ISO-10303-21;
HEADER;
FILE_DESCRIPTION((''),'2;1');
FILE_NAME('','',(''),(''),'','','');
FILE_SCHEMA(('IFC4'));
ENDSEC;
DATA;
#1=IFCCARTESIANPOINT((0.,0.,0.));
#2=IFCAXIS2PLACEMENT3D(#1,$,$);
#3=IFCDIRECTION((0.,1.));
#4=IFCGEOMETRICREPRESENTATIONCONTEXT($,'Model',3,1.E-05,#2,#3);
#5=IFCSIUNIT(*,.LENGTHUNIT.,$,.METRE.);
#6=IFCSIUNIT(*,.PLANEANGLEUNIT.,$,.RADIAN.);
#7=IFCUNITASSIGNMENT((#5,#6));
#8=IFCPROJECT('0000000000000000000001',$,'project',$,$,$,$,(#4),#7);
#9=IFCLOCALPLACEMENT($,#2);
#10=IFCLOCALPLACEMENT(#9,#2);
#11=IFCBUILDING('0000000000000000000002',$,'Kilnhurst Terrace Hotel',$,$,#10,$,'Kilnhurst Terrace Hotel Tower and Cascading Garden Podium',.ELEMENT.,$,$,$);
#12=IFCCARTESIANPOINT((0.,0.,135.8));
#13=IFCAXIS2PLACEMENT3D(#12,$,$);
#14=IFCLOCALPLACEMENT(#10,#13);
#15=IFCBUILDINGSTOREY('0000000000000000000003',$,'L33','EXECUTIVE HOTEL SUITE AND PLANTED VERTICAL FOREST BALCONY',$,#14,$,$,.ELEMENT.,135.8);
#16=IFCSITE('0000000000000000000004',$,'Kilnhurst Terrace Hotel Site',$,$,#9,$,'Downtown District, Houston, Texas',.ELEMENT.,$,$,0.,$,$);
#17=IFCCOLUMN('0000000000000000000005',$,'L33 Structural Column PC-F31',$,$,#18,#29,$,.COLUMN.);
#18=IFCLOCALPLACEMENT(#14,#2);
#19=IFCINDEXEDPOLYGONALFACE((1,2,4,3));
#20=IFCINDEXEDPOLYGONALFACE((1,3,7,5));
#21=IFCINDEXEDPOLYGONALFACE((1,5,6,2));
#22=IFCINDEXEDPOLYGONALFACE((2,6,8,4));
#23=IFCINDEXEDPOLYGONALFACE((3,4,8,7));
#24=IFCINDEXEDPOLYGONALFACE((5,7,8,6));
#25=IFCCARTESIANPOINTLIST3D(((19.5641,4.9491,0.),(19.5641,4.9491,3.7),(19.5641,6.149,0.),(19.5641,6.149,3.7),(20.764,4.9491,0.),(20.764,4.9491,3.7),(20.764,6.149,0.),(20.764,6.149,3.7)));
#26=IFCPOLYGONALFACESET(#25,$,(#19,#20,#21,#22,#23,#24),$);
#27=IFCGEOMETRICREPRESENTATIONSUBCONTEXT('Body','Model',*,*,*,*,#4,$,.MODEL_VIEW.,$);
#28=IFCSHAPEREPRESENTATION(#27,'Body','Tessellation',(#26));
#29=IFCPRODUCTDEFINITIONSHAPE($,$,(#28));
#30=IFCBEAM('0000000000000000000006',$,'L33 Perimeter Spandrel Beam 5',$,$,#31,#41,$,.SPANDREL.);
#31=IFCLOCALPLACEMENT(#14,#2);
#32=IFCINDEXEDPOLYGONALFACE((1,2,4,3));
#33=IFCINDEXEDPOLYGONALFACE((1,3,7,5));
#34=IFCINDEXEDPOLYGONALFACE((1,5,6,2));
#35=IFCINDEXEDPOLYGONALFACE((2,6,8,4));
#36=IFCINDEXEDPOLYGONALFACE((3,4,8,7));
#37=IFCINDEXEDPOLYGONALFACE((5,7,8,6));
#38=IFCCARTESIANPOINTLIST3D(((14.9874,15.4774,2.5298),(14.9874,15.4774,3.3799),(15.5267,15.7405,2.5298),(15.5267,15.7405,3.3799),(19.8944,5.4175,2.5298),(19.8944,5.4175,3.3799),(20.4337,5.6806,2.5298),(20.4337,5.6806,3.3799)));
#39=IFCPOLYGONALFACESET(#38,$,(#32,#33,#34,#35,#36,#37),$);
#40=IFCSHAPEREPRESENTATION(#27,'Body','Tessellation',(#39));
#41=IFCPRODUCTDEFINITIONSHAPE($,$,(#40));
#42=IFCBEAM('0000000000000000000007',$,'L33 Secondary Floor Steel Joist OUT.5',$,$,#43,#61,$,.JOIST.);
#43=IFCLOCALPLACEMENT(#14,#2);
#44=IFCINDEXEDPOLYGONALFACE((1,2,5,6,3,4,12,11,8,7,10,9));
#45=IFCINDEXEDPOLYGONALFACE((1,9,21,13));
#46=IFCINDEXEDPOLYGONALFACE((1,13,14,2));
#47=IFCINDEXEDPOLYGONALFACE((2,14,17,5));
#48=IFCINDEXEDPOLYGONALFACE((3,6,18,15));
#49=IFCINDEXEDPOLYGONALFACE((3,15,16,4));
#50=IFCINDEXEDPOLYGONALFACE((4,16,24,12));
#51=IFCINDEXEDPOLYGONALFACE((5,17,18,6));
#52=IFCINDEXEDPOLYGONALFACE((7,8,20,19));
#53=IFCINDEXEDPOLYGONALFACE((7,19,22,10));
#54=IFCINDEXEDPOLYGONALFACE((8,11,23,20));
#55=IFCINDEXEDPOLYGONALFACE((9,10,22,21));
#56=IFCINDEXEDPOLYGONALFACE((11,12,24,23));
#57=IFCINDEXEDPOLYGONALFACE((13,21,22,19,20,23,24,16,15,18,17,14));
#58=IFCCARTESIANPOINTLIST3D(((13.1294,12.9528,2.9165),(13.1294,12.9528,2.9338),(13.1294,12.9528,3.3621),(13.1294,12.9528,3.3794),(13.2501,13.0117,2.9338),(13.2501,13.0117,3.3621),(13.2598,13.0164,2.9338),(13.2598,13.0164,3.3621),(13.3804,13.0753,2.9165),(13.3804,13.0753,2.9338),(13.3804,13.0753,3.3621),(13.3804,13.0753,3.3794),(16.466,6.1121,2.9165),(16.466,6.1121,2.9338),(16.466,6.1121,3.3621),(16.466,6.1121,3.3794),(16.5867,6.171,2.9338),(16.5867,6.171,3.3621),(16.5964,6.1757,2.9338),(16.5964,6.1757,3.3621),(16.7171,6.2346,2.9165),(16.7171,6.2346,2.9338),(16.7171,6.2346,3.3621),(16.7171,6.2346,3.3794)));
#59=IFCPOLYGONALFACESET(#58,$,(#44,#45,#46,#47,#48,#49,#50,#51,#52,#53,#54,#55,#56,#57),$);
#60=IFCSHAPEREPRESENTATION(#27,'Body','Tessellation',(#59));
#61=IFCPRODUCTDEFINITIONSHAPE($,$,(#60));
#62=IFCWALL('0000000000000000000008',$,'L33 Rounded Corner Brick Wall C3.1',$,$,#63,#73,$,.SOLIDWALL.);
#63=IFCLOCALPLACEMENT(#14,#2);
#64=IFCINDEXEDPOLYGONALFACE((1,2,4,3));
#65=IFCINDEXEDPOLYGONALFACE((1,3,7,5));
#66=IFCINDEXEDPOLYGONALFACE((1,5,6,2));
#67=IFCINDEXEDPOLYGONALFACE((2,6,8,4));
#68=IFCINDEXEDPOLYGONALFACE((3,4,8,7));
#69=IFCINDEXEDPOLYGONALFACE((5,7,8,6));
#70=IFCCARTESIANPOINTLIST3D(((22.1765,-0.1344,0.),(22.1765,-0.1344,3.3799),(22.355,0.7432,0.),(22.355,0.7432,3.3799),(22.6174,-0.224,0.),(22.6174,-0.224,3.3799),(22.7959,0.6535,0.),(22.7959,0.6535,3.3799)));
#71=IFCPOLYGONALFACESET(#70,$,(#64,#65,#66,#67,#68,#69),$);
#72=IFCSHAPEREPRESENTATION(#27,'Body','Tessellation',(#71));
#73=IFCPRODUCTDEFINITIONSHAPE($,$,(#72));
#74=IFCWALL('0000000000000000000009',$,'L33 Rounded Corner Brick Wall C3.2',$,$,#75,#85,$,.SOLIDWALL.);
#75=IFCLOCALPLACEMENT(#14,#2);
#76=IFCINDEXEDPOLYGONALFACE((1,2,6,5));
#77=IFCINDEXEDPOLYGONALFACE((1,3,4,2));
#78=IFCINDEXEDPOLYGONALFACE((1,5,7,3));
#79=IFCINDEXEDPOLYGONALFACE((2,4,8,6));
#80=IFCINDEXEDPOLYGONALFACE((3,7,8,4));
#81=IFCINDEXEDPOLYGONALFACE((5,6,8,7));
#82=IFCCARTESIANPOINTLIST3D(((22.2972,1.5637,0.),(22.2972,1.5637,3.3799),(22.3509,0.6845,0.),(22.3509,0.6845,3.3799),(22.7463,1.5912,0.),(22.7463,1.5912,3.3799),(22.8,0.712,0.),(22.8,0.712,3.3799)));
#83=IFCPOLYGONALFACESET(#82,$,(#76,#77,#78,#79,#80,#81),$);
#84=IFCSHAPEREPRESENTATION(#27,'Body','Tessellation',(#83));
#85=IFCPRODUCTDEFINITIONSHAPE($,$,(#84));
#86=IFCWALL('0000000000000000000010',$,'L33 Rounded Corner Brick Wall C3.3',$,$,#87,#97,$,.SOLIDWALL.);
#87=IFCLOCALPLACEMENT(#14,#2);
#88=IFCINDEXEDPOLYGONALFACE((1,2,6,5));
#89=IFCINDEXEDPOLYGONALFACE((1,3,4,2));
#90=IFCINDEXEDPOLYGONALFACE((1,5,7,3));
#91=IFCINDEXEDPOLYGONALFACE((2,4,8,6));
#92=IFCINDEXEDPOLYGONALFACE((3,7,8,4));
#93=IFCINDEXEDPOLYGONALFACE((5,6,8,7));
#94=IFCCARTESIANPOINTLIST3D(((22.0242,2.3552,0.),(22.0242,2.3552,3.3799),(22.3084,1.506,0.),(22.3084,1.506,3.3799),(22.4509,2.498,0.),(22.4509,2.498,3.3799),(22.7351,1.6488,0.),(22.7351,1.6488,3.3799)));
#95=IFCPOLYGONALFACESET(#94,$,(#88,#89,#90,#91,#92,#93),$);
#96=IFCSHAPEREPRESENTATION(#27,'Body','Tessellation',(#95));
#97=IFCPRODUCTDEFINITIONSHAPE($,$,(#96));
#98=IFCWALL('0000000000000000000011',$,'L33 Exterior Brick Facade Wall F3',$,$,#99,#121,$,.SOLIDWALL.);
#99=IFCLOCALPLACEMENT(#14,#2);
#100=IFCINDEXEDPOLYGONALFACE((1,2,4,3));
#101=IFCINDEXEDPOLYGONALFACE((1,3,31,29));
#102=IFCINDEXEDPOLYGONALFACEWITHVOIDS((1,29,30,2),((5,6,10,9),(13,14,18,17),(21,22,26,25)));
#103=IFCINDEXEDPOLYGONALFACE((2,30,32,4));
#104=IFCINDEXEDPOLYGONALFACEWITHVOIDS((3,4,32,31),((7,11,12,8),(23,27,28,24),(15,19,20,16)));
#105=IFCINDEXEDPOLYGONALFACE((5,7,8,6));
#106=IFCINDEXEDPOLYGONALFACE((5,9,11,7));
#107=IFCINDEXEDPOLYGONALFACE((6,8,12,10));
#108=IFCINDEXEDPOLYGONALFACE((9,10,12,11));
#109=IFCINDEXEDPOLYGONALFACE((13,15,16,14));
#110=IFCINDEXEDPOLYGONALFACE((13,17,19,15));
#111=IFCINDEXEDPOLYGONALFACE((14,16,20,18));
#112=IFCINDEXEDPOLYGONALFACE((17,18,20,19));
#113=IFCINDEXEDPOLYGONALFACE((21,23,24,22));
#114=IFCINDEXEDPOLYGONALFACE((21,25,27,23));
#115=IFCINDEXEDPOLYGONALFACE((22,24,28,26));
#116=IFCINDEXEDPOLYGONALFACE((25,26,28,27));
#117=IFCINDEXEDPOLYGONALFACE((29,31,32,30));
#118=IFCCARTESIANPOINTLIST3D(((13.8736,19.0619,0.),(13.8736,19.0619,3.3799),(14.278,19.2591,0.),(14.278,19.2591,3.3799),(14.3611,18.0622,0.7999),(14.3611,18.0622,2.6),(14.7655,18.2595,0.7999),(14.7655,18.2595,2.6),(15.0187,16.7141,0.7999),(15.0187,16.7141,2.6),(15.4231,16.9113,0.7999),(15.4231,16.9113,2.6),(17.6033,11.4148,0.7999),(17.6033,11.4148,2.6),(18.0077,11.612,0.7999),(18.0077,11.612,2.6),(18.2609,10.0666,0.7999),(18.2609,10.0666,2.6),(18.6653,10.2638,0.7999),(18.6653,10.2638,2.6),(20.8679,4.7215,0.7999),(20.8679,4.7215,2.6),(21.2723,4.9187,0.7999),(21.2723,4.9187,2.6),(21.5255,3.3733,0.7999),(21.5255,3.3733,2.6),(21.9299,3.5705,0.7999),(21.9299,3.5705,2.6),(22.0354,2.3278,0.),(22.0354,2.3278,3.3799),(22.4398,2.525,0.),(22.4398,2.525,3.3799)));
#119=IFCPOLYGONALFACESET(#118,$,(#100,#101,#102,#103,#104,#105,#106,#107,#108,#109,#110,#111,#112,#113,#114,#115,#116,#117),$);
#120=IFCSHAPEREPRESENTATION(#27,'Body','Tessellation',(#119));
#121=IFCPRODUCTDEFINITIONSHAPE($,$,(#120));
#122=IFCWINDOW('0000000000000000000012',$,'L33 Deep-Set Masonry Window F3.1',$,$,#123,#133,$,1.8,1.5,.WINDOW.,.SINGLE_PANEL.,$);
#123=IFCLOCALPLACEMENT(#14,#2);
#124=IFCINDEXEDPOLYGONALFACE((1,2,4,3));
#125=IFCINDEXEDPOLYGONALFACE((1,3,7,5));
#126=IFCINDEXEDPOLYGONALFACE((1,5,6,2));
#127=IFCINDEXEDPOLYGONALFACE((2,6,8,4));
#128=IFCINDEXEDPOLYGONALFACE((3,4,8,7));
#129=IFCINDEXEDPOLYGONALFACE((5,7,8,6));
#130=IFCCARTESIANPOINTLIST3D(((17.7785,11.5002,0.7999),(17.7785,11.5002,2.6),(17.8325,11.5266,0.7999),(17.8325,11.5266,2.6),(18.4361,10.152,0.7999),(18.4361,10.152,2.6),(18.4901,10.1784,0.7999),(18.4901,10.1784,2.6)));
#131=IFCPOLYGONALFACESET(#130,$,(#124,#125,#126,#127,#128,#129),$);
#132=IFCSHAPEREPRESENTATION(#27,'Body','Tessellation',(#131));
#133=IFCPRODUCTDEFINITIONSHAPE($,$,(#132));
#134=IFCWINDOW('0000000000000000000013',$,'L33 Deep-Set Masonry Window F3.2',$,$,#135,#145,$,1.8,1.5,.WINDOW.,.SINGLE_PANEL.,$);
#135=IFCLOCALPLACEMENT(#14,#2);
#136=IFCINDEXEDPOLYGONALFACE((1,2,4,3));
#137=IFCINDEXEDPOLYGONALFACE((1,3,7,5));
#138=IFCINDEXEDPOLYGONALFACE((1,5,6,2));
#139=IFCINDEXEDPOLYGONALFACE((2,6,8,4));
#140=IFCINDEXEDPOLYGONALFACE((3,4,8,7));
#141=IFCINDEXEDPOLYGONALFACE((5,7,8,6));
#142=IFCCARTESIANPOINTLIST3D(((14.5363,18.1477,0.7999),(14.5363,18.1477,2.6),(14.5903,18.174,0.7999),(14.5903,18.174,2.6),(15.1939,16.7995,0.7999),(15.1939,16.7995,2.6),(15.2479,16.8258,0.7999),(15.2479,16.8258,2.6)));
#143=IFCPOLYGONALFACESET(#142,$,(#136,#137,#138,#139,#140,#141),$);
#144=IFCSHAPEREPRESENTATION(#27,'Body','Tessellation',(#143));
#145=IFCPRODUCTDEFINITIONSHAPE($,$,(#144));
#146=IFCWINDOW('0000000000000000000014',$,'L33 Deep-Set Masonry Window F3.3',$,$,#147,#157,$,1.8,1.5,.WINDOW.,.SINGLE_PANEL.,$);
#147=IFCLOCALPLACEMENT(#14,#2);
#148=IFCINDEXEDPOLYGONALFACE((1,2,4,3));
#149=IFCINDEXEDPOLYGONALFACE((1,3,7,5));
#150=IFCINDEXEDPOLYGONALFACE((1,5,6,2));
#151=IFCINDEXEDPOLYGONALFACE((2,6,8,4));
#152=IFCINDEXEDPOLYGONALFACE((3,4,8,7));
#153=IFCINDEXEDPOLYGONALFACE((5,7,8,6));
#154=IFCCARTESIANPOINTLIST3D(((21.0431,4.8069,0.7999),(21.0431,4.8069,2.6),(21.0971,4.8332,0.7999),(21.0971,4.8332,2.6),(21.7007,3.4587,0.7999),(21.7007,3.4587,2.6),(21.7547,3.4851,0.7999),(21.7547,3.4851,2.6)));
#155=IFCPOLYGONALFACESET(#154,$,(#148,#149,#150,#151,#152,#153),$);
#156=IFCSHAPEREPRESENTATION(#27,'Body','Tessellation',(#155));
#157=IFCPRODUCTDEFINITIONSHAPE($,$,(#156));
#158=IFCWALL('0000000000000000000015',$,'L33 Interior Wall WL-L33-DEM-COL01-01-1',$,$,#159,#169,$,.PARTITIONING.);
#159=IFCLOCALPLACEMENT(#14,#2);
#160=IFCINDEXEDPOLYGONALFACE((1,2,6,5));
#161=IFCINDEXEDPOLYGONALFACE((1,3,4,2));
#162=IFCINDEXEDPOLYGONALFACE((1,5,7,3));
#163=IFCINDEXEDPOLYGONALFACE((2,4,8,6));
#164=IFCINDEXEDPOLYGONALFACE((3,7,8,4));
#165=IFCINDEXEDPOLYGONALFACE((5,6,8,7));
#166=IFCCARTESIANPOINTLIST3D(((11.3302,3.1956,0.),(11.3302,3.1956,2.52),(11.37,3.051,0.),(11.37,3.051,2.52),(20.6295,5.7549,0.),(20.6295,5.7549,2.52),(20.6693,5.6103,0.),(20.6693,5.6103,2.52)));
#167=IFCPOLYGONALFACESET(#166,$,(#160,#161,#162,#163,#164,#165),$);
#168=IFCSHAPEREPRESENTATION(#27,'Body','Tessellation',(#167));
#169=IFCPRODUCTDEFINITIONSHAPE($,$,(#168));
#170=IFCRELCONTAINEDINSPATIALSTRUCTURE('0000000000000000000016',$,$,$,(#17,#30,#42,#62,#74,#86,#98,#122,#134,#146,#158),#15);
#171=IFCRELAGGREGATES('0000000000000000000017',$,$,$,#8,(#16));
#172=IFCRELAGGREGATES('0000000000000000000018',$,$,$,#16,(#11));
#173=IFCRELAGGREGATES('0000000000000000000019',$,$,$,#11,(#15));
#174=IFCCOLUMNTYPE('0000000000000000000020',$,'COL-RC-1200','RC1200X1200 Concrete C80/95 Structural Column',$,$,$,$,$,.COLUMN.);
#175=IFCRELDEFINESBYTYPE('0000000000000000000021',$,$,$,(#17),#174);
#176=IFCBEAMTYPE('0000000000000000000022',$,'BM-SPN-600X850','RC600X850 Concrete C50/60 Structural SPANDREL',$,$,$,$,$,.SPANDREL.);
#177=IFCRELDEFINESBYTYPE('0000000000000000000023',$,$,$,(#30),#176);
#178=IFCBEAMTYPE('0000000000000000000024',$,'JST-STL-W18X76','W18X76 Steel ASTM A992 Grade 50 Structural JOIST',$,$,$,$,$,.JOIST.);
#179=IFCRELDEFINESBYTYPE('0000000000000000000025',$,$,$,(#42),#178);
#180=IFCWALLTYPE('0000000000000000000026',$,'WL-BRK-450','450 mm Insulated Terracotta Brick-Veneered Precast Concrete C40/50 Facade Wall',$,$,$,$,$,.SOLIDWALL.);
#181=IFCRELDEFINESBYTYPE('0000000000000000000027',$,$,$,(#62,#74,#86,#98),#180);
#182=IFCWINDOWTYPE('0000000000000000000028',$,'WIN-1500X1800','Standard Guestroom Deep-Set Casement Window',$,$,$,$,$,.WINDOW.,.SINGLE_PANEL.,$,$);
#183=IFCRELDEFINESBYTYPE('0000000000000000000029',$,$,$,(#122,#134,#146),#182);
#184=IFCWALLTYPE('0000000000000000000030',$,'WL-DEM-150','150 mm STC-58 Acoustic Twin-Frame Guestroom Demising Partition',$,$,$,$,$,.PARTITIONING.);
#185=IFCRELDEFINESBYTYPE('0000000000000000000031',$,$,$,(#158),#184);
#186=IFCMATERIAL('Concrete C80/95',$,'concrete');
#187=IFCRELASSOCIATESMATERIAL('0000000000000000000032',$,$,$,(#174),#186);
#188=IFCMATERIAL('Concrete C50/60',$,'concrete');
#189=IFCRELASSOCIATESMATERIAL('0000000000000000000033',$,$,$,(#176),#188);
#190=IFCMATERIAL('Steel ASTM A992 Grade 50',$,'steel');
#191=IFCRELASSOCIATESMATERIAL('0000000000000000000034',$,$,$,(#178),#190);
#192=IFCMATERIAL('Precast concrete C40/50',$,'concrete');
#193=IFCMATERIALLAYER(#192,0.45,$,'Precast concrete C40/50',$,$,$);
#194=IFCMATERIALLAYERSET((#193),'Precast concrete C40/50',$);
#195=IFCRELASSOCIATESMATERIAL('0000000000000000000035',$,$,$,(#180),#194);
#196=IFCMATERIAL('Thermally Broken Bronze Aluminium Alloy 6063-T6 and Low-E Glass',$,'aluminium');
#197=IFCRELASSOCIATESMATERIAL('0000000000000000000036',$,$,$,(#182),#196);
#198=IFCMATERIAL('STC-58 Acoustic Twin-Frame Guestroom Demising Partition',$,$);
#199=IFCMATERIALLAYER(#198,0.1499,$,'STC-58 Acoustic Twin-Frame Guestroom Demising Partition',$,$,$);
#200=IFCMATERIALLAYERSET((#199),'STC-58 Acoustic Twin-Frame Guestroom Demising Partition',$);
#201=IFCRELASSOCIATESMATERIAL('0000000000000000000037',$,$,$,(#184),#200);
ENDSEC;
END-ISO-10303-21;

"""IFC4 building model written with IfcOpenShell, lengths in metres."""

from ifc_helpers import new_model, si_unit, direction, frame, frame_2d, origin, origin_2d, place, context, subcontext, project, spatial, rectangle, i_section, extrude, material, layer, layer_set, material_profile, profile_set, type_object, element, fill, save


model = new_model("IFC4")

# Units and contexts
model_context = context("Model", 3, precision=1e-05, world=origin(), true_north=direction((0.0, 1.0)))
body_context = subcontext(model_context, "Body", "Model", "MODEL_VIEW")
ifc_project = project(units=[si_unit("LENGTHUNIT", "METRE"), si_unit("PLANEANGLEUNIT", "RADIAN")], contexts=[model_context])

# Site, building, storey
site_placement = place(None, origin())
site = spatial("IfcSite", under=ifc_project, at=site_placement, Name="Kilnhurst Terrace Hotel Site", LongName="Downtown District, Houston, Texas", CompositionType="ELEMENT", RefElevation=0.0)
building_placement = place(site_placement, origin())
building = spatial("IfcBuilding", under=site, at=building_placement, Name="Kilnhurst Terrace Hotel", LongName="Kilnhurst Terrace Hotel Tower and Cascading Garden Podium", CompositionType="ELEMENT")
storey_placement = place(building_placement, frame((0.0, 0.0, 135.8)))
storey = spatial("IfcBuildingStorey", under=building, at=storey_placement, Name="L33", Description="EXECUTIVE HOTEL SUITE AND PLANTED VERTICAL FOREST BALCONY", CompositionType="ELEMENT", Elevation=135.8)

# Column
ifc_material_1 = material(Name="Concrete C80/95", Category="concrete")
ifc_material_profile_1 = material_profile(ifc_material_1, rectangle(XDim=1.2, YDim=1.2, at=origin_2d()), Name="RC1200X1200")
ifc_profile_set_1 = profile_set([ifc_material_profile_1], Name="Concrete C80/95")
column_type = type_object("IfcColumnType", Name="COL-RC-1200", Description="RC1200X1200 Concrete C80/95 Structural Column", PredefinedType="COLUMN", material=ifc_profile_set_1)
column_placement = place(storey_placement, frame((20.1641, 5.5491, 0.0), z_axis=(0.0, 0.0, 1.0), x_axis=(1.0, 0.0, 0.0)))
element("IfcColumn", 1, at=column_placement, inside=storey, type_object=column_type, Name="L33 Structural Column PC-F31", PredefinedType="COLUMN", context=body_context, shape_type="SweptSolid", body=[
    extrude(rectangle(XDim=1.2, YDim=1.2, at=origin_2d()), origin(), (0.0, 0.0, 1.0), 3.7),
])

# Beams
ifc_material_2 = material(Name="Concrete C50/60", Category="concrete")
ifc_material_profile_2 = material_profile(ifc_material_2, rectangle(XDim=0.6001, YDim=0.8501, at=origin_2d()), Name="RC600X850")
ifc_profile_set_2 = profile_set([ifc_material_profile_2], Name="Concrete C50/60")
beam_type_1 = type_object("IfcBeamType", Name="BM-SPN-600X850", Description="RC600X850 Concrete C50/60 Structural SPANDREL", PredefinedType="SPANDREL", material=ifc_profile_set_2)
beam_1_placement = place(storey_placement, frame((20.1641, 5.5491, 2.9548), z_axis=(-0.438406, 0.898777, 0.0), x_axis=(-0.898777, -0.438406, 0.0)))
element("IfcBeam", 2, at=beam_1_placement, inside=storey, type_object=beam_type_1, Name="L33 Perimeter Spandrel Beam 5", PredefinedType="SPANDREL", context=body_context, shape_type="SweptSolid", body=[
    extrude(rectangle(XDim=0.6001, YDim=0.8501, at=origin_2d()), origin(), (0.0, 0.0, 1.0), 11.1929),
])
ifc_material_3 = material(Name="Steel ASTM A992 Grade 50", Category="steel")
ifc_material_profile_3 = material_profile(ifc_material_3, i_section(OverallWidth=0.2793, OverallDepth=0.4629, WebThickness=0.0107, FlangeThickness=0.0173, at=origin_2d()), Name="W18X76")
ifc_profile_set_3 = profile_set([ifc_material_profile_3], Name="Steel ASTM A992 Grade 50")
beam_type_2 = type_object("IfcBeamType", Name="JST-STL-W18X76", Description="W18X76 Steel ASTM A992 Grade 50 Structural JOIST", PredefinedType="JOIST", material=ifc_profile_set_3)
beam_2_placement = place(storey_placement, frame((16.5916, 6.1733, 3.1479), z_axis=(-0.43839, 0.898785, 0.0), x_axis=(-0.898785, -0.43839, 0.0)))
element("IfcBeam", 3, at=beam_2_placement, inside=storey, type_object=beam_type_2, Name="L33 Secondary Floor Steel Joist OUT.5", PredefinedType="JOIST", context=body_context, shape_type="SweptSolid", body=[
    extrude(i_section(OverallWidth=0.2793, OverallDepth=0.4629, WebThickness=0.0107, FlangeThickness=0.0173, at=origin_2d()), origin(), (0.0, 0.0, 1.0), 7.6111),
])

# Walls
ifc_material_4 = material(Name="Precast concrete C40/50", Category="concrete")
ifc_layer_1 = layer(ifc_material_4, 0.45, Name="Precast concrete C40/50")
ifc_layer_set_1 = layer_set([ifc_layer_1], Name="Precast concrete C40/50")
wall_type_1 = type_object("IfcWallType", Name="WL-BRK-450", Description="450 mm Insulated Terracotta Brick-Veneered Precast Concrete C40/50 Facade Wall", PredefinedType="SOLIDWALL", material=ifc_layer_set_1)
wall_1_placement = place(storey_placement, frame((22.397, -0.1792, 0.0), z_axis=(0.0, 0.0, 1.0), x_axis=(0.199314, 0.979936, 0.0)))
element("IfcWall", 4, at=wall_1_placement, inside=storey, type_object=wall_type_1, Name="L33 Rounded Corner Brick Wall C3.1", PredefinedType="SOLIDWALL", context=body_context, shape_type="SweptSolid", body=[
    extrude(rectangle(XDim=0.8955, YDim=0.45, at=frame_2d((0.4478, 0.0))), origin(), (0.0, 0.0, 1.0), 3.3799),
])
wall_2_placement = place(storey_placement, frame((22.5754, 0.6982, 0.0), z_axis=(0.0, 0.0, 1.0), x_axis=(-0.06098, 0.998139, 0.0)))
element("IfcWall", 5, at=wall_2_placement, inside=storey, type_object=wall_type_1, Name="L33 Rounded Corner Brick Wall C3.2", PredefinedType="SOLIDWALL", context=body_context, shape_type="SweptSolid", body=[
    extrude(rectangle(XDim=0.8809, YDim=0.45, at=frame_2d((0.4404, 0.0))), origin(), (0.0, 0.0, 1.0), 3.3799),
])
wall_3_placement = place(storey_placement, frame((22.5217, 1.5774, 0.0), z_axis=(0.0, 0.0, 1.0), x_axis=(-0.317373, 0.948301, 0.0)))
element("IfcWall", 6, at=wall_3_placement, inside=storey, type_object=wall_type_1, Name="L33 Rounded Corner Brick Wall C3.3", PredefinedType="SOLIDWALL", context=body_context, shape_type="SweptSolid", body=[
    extrude(rectangle(XDim=0.8955, YDim=0.45, at=frame_2d((0.4478, 0.0))), origin(), (0.0, 0.0, 1.0), 3.3799),
])

# Wall, openings, windows
wall_4_placement = place(storey_placement, frame((22.2375, 2.4265, 0.0), z_axis=(0.0, 0.0, 1.0), x_axis=(-0.438375, 0.898792, 0.0)))
wall_4 = element("IfcWall", 7, at=wall_4_placement, inside=storey, type_object=wall_type_1, Name="L33 Exterior Brick Facade Wall F3", PredefinedType="SOLIDWALL", context=body_context, shape_type="SweptSolid", body=[
    extrude(rectangle(XDim=18.6184, YDim=0.45, at=frame_2d((9.3091, 0.0))), origin(), (0.0, 0.0, 1.0), 3.3799),
])
opening_1_placement = place(wall_4_placement, frame((8.6101, 0.0, 0.8)))
opening_1 = element("IfcOpeningElement", 8, at=opening_1_placement, cuts=wall_4, PredefinedType="OPENING", context=body_context, shape_type="SweptSolid", body=[
    extrude(rectangle(XDim=1.5, YDim=1.8, at=frame_2d((0.75, 0.8999))), frame((0.0, 0.2349, 0.0), z_axis=(0.0, -1.0, 0.0), x_axis=(1.0, 0.0, 0.0)), (0.0, 0.0, 1.0), 0.47),
])
opening_2_placement = place(wall_4_placement, frame((16.0061, 0.0, 0.8)))
opening_2 = element("IfcOpeningElement", 9, at=opening_2_placement, cuts=wall_4, PredefinedType="OPENING", context=body_context, shape_type="SweptSolid", body=[
    extrude(rectangle(XDim=1.5, YDim=1.8, at=frame_2d((0.75, 0.8999))), frame((0.0, 0.2349, 0.0), z_axis=(0.0, -1.0, 0.0), x_axis=(1.0, 0.0, 0.0)), (0.0, 0.0, 1.0), 0.47),
])
opening_3_placement = place(wall_4_placement, frame((1.1631, 0.0, 0.8)))
opening_3 = element("IfcOpeningElement", 10, at=opening_3_placement, cuts=wall_4, PredefinedType="OPENING", context=body_context, shape_type="SweptSolid", body=[
    extrude(rectangle(XDim=1.5, YDim=1.8, at=frame_2d((0.75, 0.8999))), frame((0.0, 0.2349, 0.0), z_axis=(0.0, -1.0, 0.0), x_axis=(1.0, 0.0, 0.0)), (0.0, 0.0, 1.0), 0.47),
])
ifc_material_5 = material(Name="Thermally Broken Bronze Aluminium Alloy 6063-T6 and Low-E Glass", Category="aluminium")
window_type = type_object("IfcWindowType", Name="WIN-1500X1800", Description="Standard Guestroom Deep-Set Casement Window", PartitioningType="SINGLE_PANEL", PredefinedType="WINDOW", material=ifc_material_5)
window_1_placement = place(opening_1_placement, origin())
window_1 = element("IfcWindow", 11, at=window_1_placement, inside=storey, type_object=window_type, Name="L33 Deep-Set Masonry Window F3.1", OverallHeight=1.8, OverallWidth=1.5, PartitioningType="SINGLE_PANEL", PredefinedType="WINDOW", context=body_context, shape_type="SweptSolid", body=[
    extrude(rectangle(XDim=1.5, YDim=1.8, at=frame_2d((0.75, 0.8999))), frame((0.0, 0.03, 0.0), z_axis=(0.0, -1.0, 0.0), x_axis=(1.0, 0.0, 0.0)), (0.0, 0.0, 1.0), 0.0601),
])
fill(opening_1, window_1)
window_2_placement = place(opening_2_placement, origin())
window_2 = element("IfcWindow", 12, at=window_2_placement, inside=storey, type_object=window_type, Name="L33 Deep-Set Masonry Window F3.2", OverallHeight=1.8, OverallWidth=1.5, PartitioningType="SINGLE_PANEL", PredefinedType="WINDOW", context=body_context, shape_type="SweptSolid", body=[
    extrude(rectangle(XDim=1.5, YDim=1.8, at=frame_2d((0.75, 0.8999))), frame((0.0, 0.03, 0.0), z_axis=(0.0, -1.0, 0.0), x_axis=(1.0, 0.0, 0.0)), (0.0, 0.0, 1.0), 0.0601),
])
fill(opening_2, window_2)
window_3_placement = place(opening_3_placement, origin())
window_3 = element("IfcWindow", 13, at=window_3_placement, inside=storey, type_object=window_type, Name="L33 Deep-Set Masonry Window F3.3", OverallHeight=1.8, OverallWidth=1.5, PartitioningType="SINGLE_PANEL", PredefinedType="WINDOW", context=body_context, shape_type="SweptSolid", body=[
    extrude(rectangle(XDim=1.5, YDim=1.8, at=frame_2d((0.75, 0.8999))), frame((0.0, 0.03, 0.0), z_axis=(0.0, -1.0, 0.0), x_axis=(1.0, 0.0, 0.0)), (0.0, 0.0, 1.0), 0.0601),
])
fill(opening_3, window_3)

# Wall
ifc_material_6 = material(Name="STC-58 Acoustic Twin-Frame Guestroom Demising Partition")
ifc_layer_2 = layer(ifc_material_6, 0.1499, Name="STC-58 Acoustic Twin-Frame Guestroom Demising Partition")
ifc_layer_set_2 = layer_set([ifc_layer_2], Name="STC-58 Acoustic Twin-Frame Guestroom Demising Partition")
wall_type_2 = type_object("IfcWallType", Name="WL-DEM-150", Description="150 mm STC-58 Acoustic Twin-Frame Guestroom Demising Partition", PredefinedType="PARTITIONING", material=ifc_layer_set_2)
wall_5_placement = place(storey_placement, frame((11.3501, 3.1233, 0.0), z_axis=(0.0, 0.0, 1.0), x_axis=(0.964152, 0.265351, 0.0)))
element("IfcWall", 14, at=wall_5_placement, inside=storey, type_object=wall_type_2, Name="L33 Interior Wall WL-L33-DEM-COL01-01-1", PredefinedType="PARTITIONING", context=body_context, shape_type="SweptSolid", body=[
    extrude(rectangle(XDim=9.645, YDim=0.1499, at=frame_2d((4.8225, 0.0))), origin(), (0.0, 0.0, 1.0), 2.52),
])

save(model, "model.ifc")
